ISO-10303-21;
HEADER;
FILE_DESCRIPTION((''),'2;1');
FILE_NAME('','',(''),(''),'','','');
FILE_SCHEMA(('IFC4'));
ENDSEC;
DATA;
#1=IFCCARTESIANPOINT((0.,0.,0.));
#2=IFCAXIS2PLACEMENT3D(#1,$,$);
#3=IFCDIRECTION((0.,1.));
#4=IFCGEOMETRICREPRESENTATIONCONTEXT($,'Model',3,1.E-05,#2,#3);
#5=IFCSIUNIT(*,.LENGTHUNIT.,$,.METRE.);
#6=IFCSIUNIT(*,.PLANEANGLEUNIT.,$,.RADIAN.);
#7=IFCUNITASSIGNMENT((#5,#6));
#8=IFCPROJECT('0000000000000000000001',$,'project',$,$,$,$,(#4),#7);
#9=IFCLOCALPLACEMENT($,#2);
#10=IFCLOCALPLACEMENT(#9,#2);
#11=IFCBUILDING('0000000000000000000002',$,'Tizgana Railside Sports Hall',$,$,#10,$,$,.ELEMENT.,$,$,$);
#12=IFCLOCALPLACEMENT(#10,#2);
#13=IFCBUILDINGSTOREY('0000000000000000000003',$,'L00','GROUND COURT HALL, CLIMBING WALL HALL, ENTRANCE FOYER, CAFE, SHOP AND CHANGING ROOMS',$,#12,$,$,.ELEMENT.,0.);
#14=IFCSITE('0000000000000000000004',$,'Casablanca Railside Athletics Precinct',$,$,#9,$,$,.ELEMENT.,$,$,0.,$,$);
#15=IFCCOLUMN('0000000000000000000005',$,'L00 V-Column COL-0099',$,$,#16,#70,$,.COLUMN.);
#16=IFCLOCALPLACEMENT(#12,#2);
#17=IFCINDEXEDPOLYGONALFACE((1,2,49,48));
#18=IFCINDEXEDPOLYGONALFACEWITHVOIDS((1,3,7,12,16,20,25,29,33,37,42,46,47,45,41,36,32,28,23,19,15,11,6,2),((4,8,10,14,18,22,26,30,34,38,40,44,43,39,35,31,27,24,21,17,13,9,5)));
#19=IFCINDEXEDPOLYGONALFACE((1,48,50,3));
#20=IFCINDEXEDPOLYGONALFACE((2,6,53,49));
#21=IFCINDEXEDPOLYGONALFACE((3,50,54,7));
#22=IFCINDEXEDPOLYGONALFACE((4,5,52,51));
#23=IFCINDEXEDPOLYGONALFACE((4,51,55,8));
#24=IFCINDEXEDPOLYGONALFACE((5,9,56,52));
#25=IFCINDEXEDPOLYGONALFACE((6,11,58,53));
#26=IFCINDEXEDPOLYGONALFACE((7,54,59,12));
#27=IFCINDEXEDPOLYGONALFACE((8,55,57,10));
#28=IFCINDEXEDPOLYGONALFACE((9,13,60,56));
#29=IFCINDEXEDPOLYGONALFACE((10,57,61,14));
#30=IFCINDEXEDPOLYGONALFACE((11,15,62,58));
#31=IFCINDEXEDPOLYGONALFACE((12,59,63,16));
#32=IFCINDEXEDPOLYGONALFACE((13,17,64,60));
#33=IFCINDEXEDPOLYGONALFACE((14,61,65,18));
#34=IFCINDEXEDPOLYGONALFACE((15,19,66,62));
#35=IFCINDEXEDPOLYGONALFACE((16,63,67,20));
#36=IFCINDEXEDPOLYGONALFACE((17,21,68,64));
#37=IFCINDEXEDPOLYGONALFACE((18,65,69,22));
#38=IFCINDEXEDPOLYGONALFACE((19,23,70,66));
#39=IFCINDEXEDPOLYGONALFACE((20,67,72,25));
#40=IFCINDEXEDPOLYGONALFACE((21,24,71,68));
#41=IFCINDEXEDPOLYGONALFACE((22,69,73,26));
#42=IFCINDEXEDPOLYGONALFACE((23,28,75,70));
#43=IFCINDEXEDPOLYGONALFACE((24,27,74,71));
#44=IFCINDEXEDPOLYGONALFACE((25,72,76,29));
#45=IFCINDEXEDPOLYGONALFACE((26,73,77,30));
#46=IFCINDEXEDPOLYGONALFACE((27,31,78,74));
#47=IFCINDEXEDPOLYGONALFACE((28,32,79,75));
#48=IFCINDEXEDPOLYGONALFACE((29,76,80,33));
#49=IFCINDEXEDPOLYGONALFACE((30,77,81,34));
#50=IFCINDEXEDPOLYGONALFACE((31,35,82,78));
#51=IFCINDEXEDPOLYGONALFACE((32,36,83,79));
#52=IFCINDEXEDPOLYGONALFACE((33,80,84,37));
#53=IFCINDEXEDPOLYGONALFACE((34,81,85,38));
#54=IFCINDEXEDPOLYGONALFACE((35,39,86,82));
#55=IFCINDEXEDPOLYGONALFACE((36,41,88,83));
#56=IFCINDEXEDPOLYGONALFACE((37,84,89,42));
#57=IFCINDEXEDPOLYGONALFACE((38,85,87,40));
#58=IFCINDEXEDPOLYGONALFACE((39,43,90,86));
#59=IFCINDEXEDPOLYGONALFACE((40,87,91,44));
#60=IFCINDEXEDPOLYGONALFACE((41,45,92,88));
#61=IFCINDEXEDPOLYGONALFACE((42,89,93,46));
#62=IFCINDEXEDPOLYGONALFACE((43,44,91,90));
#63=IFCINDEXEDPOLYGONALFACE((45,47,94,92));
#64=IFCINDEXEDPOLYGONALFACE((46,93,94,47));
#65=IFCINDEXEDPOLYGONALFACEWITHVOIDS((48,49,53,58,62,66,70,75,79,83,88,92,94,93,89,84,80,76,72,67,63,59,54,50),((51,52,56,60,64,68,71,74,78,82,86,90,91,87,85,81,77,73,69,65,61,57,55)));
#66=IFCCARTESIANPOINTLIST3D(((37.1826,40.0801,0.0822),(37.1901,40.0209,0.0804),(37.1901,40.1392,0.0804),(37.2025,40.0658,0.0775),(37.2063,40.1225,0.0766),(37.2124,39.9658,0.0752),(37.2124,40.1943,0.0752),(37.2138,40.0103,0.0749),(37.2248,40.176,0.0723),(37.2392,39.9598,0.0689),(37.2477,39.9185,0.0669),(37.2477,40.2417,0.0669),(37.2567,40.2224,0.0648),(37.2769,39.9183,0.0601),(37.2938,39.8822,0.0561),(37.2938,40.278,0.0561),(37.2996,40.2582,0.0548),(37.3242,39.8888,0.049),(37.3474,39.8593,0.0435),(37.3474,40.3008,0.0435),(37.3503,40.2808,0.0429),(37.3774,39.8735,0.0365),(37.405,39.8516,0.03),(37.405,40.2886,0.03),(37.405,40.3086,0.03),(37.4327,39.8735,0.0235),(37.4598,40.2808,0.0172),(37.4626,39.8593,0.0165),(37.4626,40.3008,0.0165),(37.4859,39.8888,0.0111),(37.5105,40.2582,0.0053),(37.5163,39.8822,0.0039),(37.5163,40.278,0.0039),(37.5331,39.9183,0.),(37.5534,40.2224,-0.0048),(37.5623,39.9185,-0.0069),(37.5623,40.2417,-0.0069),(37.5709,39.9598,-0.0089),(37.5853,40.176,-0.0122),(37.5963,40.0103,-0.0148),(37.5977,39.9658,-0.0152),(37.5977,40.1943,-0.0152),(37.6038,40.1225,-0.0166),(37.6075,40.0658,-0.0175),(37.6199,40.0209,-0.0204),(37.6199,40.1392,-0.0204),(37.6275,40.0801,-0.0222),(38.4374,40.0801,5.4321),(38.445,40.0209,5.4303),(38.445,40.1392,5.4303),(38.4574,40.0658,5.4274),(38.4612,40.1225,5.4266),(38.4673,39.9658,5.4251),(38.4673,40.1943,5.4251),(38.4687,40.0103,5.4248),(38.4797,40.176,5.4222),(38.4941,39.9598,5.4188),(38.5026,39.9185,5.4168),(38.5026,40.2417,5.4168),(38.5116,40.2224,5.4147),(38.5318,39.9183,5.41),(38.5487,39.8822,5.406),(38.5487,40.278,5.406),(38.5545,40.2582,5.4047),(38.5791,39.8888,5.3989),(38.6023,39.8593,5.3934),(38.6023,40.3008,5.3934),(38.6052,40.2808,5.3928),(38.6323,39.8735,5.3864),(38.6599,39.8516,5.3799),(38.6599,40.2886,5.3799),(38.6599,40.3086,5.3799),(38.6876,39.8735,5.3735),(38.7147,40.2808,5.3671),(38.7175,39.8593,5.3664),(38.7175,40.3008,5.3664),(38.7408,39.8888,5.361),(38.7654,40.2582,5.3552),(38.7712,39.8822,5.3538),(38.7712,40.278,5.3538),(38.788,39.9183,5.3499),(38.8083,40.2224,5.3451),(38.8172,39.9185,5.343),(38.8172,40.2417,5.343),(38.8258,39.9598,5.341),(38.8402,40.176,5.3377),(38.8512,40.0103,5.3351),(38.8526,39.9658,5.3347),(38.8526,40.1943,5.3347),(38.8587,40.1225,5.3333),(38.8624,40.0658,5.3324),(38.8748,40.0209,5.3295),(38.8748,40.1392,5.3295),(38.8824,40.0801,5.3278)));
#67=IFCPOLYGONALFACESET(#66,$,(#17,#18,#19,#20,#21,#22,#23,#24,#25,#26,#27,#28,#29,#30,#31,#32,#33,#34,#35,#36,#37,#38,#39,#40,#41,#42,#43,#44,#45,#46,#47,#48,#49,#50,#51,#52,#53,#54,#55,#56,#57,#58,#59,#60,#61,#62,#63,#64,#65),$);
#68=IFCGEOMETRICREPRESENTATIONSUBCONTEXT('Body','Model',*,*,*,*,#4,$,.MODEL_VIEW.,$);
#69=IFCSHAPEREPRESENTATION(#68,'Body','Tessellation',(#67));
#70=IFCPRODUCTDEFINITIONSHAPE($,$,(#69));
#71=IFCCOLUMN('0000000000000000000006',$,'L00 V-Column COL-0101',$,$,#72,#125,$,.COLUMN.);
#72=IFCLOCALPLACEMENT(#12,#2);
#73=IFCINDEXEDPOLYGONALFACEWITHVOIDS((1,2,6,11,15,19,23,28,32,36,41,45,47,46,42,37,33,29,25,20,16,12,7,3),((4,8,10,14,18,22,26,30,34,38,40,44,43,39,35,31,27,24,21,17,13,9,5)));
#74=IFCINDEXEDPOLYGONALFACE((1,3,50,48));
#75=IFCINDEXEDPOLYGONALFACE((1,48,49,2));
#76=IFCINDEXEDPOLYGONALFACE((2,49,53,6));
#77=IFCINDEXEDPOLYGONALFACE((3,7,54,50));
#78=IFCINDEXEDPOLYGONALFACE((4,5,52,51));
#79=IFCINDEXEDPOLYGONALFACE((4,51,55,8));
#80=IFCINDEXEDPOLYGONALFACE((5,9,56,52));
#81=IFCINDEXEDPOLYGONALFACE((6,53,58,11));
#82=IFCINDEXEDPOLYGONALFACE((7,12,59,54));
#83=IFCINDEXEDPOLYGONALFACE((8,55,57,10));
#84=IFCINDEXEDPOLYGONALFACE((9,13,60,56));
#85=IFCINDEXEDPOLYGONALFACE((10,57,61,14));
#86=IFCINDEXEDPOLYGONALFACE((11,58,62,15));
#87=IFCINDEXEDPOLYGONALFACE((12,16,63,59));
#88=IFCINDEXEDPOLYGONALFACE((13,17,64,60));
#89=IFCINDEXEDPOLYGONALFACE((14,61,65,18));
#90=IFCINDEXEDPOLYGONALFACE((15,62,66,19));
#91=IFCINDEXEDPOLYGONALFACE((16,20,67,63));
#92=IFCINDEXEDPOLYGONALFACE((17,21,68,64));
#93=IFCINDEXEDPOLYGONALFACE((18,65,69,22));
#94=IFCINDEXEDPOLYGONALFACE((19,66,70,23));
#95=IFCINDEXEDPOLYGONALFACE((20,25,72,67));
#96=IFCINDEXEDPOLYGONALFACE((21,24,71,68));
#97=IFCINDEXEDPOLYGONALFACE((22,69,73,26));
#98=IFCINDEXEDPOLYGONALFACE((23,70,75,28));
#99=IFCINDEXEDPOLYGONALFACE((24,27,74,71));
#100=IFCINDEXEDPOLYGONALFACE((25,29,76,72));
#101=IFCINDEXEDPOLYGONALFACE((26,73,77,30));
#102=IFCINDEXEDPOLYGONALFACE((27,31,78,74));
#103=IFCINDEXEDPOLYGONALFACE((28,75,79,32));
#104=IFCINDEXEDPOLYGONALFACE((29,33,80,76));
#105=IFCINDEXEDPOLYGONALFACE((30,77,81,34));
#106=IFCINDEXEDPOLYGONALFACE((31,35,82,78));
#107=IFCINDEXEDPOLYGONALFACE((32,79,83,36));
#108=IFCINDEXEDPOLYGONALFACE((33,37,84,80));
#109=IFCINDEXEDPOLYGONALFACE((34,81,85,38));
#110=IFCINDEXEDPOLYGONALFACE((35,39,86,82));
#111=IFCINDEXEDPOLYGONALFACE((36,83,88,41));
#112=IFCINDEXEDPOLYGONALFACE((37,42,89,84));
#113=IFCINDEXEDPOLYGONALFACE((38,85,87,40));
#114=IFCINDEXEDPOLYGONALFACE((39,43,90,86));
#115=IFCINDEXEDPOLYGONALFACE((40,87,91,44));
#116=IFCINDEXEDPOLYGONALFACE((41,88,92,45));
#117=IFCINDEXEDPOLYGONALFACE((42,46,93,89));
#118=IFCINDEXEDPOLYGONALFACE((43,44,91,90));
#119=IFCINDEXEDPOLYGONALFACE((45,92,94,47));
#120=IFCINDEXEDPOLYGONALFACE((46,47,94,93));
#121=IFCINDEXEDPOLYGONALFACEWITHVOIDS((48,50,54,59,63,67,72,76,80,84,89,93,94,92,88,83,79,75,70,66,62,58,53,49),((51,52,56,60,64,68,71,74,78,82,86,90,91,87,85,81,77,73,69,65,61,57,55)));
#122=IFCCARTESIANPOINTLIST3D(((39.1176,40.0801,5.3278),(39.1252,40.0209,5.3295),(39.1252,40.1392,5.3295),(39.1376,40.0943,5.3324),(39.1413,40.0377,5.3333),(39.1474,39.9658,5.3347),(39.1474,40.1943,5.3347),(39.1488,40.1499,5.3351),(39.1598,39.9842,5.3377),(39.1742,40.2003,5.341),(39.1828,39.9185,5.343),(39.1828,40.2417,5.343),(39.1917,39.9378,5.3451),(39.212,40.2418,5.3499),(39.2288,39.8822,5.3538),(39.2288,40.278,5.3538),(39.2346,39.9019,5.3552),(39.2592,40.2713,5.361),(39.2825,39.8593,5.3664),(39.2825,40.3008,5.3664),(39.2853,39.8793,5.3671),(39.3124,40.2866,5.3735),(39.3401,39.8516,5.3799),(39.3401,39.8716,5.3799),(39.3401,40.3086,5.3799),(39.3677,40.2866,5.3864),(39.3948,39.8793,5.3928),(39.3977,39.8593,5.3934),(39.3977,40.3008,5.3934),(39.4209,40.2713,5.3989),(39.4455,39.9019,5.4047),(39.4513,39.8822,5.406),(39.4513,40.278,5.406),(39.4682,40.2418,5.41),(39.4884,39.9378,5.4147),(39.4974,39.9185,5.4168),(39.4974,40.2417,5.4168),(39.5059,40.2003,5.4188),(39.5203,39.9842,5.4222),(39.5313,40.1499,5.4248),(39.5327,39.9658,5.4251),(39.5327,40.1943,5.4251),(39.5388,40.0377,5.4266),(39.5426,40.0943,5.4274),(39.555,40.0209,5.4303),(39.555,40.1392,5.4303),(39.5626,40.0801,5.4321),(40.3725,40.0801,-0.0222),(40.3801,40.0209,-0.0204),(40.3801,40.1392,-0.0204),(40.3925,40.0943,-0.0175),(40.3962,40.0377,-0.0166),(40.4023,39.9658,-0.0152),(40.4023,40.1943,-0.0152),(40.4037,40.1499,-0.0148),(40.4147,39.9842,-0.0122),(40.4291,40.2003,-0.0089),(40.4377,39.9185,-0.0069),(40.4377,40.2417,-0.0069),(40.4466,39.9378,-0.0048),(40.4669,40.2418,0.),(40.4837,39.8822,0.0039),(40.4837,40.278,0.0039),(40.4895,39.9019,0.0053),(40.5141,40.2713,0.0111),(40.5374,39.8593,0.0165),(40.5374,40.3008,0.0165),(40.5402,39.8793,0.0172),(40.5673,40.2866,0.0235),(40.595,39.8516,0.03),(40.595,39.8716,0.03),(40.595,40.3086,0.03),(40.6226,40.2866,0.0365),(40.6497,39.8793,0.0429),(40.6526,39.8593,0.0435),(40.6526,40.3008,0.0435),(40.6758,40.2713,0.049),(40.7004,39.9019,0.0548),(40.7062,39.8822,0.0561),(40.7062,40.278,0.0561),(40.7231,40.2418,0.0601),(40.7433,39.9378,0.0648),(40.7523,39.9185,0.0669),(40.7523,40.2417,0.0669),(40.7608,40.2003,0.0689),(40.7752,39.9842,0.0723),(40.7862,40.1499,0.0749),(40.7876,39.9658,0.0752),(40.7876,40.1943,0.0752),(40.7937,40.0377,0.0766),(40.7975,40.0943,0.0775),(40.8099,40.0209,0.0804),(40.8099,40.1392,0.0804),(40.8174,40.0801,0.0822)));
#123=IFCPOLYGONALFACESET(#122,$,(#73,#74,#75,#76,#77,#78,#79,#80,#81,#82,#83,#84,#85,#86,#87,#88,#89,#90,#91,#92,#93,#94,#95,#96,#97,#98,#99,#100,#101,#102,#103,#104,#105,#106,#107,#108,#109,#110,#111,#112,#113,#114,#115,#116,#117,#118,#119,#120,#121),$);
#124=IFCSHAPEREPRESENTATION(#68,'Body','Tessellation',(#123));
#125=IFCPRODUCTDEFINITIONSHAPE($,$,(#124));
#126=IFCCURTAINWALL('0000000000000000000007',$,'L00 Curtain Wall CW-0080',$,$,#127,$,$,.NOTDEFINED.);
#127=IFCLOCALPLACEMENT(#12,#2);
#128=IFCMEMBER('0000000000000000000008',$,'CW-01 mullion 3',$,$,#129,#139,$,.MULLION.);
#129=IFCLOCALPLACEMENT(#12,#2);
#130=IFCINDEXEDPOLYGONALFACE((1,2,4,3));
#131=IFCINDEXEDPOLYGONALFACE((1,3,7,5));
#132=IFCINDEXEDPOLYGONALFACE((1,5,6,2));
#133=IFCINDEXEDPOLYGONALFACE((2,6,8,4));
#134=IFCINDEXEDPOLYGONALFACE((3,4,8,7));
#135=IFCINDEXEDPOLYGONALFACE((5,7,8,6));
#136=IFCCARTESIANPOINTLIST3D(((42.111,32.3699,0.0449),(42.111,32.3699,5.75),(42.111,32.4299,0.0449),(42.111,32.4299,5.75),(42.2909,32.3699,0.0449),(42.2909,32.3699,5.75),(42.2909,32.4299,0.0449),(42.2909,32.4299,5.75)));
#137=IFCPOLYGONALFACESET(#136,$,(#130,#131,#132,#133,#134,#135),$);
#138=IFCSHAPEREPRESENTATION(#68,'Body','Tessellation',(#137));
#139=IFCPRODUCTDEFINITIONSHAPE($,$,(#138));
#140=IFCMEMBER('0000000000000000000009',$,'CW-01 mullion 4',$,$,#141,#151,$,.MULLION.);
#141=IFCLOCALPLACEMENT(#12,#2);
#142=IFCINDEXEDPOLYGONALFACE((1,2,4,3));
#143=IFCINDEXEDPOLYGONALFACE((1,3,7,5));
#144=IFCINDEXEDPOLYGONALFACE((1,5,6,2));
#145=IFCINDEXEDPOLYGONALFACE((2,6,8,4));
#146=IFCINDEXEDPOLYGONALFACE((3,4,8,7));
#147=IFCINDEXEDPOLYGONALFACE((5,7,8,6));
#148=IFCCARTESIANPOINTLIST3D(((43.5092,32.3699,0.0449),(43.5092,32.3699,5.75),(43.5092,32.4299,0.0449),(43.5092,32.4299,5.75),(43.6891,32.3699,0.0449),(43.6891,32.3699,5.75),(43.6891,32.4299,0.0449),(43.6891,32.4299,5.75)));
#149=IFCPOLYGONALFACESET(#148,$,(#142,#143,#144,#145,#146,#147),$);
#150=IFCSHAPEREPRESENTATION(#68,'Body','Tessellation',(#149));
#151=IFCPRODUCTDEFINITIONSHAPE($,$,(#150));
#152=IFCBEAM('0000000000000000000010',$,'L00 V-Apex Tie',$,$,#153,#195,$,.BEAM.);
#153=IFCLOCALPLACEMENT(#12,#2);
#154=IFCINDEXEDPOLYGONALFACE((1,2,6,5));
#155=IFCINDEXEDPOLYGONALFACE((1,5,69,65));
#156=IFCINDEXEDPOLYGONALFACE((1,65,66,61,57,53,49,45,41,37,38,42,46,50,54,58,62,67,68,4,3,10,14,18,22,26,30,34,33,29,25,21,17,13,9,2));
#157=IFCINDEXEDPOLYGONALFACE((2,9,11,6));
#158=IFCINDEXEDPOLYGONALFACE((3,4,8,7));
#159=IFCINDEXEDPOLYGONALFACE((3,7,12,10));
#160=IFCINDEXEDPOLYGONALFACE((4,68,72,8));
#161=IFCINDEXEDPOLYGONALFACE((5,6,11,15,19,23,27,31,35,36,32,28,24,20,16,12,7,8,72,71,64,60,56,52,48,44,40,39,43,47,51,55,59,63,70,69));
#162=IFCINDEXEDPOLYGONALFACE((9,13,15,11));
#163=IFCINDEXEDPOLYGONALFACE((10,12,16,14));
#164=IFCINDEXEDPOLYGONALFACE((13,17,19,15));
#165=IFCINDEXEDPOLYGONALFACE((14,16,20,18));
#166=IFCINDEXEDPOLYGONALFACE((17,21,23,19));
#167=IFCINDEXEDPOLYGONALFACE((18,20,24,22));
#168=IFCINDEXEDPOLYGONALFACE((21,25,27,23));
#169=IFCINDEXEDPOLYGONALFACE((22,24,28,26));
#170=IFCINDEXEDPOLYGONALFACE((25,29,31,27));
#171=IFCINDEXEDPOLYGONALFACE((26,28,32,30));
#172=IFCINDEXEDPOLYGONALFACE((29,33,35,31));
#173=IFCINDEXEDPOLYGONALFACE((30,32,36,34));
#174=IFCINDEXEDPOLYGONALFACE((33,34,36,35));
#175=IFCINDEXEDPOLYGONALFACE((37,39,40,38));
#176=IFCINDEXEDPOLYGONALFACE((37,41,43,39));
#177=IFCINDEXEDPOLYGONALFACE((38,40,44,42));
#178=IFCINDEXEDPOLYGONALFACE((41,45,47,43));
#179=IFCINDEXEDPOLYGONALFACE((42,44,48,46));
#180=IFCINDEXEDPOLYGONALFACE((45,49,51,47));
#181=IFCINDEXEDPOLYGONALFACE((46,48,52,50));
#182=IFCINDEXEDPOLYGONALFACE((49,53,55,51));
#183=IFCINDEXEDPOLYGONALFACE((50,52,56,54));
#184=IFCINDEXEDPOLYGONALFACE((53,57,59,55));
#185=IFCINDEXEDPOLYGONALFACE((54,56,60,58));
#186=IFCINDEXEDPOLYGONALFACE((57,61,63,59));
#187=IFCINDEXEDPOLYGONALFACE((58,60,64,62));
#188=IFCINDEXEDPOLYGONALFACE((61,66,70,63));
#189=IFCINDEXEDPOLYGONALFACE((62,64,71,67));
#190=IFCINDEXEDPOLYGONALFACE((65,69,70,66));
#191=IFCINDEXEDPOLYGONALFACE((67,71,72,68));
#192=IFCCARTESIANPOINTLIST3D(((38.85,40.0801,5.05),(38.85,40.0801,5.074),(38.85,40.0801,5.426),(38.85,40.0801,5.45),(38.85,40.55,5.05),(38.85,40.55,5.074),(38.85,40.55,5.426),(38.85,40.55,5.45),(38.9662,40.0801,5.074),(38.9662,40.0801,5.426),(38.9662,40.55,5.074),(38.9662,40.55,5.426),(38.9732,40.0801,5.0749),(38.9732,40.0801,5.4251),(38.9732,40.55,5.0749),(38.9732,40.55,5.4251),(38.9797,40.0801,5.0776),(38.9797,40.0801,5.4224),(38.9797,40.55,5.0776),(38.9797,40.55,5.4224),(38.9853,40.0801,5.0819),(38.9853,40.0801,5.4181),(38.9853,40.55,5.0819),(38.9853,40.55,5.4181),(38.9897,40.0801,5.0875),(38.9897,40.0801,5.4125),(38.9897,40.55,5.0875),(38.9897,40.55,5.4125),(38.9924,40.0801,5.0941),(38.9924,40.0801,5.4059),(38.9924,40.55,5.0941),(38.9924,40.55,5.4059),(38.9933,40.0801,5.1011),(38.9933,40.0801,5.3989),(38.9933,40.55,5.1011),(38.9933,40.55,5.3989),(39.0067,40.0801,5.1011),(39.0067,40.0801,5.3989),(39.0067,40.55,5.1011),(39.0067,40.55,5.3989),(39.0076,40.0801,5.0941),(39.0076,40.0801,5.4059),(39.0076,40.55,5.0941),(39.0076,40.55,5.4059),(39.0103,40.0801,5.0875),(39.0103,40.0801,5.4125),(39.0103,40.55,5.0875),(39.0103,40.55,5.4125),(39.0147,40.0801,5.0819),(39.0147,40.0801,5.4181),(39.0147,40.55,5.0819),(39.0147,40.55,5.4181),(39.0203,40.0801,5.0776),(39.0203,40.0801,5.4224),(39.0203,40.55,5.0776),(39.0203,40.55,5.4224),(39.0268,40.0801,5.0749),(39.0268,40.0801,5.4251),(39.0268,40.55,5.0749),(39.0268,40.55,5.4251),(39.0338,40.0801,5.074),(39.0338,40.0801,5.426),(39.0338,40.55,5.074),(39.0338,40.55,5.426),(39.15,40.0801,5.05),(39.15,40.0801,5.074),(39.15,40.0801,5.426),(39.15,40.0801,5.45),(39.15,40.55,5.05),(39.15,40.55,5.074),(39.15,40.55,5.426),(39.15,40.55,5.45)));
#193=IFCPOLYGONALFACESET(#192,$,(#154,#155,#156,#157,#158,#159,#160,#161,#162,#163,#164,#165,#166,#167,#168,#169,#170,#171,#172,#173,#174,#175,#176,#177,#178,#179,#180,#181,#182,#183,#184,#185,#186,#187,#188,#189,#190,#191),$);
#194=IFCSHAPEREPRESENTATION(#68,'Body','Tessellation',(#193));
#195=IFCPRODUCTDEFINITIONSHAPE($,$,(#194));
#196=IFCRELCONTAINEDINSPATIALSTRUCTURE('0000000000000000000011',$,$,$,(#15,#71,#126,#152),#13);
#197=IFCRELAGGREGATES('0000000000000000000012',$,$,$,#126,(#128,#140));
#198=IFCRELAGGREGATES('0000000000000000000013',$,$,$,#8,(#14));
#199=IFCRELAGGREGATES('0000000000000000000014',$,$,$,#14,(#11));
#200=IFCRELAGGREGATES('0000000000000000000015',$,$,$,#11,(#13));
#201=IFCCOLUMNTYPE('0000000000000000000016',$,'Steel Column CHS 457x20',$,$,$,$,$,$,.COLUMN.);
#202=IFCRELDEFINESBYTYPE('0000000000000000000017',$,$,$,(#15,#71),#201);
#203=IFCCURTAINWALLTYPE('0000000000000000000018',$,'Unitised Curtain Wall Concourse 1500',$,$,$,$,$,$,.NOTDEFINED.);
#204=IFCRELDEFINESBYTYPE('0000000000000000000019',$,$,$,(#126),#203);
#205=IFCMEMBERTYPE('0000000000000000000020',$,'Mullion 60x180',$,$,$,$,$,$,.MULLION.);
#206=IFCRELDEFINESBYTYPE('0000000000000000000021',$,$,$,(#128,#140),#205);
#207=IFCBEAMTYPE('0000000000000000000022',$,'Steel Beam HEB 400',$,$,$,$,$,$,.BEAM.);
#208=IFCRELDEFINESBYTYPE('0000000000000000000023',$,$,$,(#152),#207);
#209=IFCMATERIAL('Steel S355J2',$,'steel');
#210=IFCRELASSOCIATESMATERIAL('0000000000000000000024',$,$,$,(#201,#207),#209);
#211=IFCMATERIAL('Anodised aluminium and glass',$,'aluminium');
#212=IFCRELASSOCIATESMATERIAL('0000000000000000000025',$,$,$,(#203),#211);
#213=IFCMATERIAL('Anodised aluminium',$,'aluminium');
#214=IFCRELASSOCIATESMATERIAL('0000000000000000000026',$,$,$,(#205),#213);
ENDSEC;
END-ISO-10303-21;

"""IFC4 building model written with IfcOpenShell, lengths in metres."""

from ifc_helpers import new_model, si_unit, direction, frame, origin, origin_2d, place, context, subcontext, project, spatial, rectangle, hollow_circle, i_section, extrude, material, material_profile, profile_set, type_object, element, aggregate, save


model = new_model("IFC4")

# Units and contexts
model_context = context("Model", 3, precision=1e-05, world=origin(), true_north=direction((0.0, 1.0)))
body_context = subcontext(model_context, "Body", "Model", "MODEL_VIEW")
ifc_project = project(units=[si_unit("LENGTHUNIT", "METRE"), si_unit("PLANEANGLEUNIT", "RADIAN")], contexts=[model_context])

# Site, building, storey
site_placement = place(None, origin())
site = spatial("IfcSite", under=ifc_project, at=site_placement, Name="Casablanca Railside Athletics Precinct", CompositionType="ELEMENT", RefElevation=0.0)
building_placement = place(site_placement, origin())
building = spatial("IfcBuilding", under=site, at=building_placement, Name="Tizgana Railside Sports Hall", CompositionType="ELEMENT")
storey_placement = place(building_placement, origin())
storey = spatial("IfcBuildingStorey", under=building, at=storey_placement, Name="L00", Description="GROUND COURT HALL, CLIMBING WALL HALL, ENTRANCE FOYER, CAFE, SHOP AND CHANGING ROOMS", CompositionType="ELEMENT", Elevation=0.0)

# Columns
ifc_material_1 = material(Name="Steel S355J2", Category="steel")
ifc_material_profile_1 = material_profile(ifc_material_1, hollow_circle(Radius=0.2285, WallThickness=0.02, at=origin_2d()), Name="CHS 457x20")
ifc_profile_set_1 = profile_set([ifc_material_profile_1], Name="Steel S355J2")
column_type = type_object("IfcColumnType", Name="Steel Column CHS 457x20", PredefinedType="COLUMN", material=ifc_profile_set_1)
for number, where, z_axis, x_axis, name in (
    (1, (37.405, 40.0801, 0.03), (0.228366, 0.0, 0.973575), (0.0, 1.0, 0.0), "L00 V-Column COL-0099"),
    (2, (40.595, 40.0801, 0.03), (-0.228366, 0.0, 0.973575), (0.0, -1.0, 0.0), "L00 V-Column COL-0101"),
):
    element("IfcColumn", number, at=place(storey_placement, frame(where, z_axis=z_axis, x_axis=x_axis)), inside=storey, type_object=column_type, Name=name, PredefinedType="COLUMN", context=body_context, shape_type="SweptSolid", body=[
        extrude(hollow_circle(Radius=0.2285, WallThickness=0.02, at=origin_2d()), origin(), (0.0, 0.0, 1.0), 5.4951),
    ])

# Curtain wall, members
ifc_material_2 = material(Name="Anodised aluminium and glass", Category="aluminium")
curtain_wall_type = type_object("IfcCurtainWallType", Name="Unitised Curtain Wall Concourse 1500", PredefinedType="NOTDEFINED", material=ifc_material_2)
curtain_wall_placement = place(storey_placement, origin())
curtain_wall = element("IfcCurtainWall", 3, at=curtain_wall_placement, inside=storey, type_object=curtain_wall_type, Name="L00 Curtain Wall CW-0080", PredefinedType="NOTDEFINED")
ifc_material_3 = material(Name="Anodised aluminium", Category="aluminium")
ifc_material_profile_2 = material_profile(ifc_material_3, rectangle(XDim=0.0601, YDim=0.1799, at=origin_2d()), Name="Mullion 60x180")
ifc_profile_set_2 = profile_set([ifc_material_profile_2], Name="Anodised aluminium")
member_type_1 = type_object("IfcMemberType", Name="Mullion 60x180", PredefinedType="MULLION", material=ifc_profile_set_2)
member_1_placement = place(storey_placement, frame((42.2009, 32.3999, 0.0449), z_axis=(0.0, 0.0, 1.0), x_axis=(0.0, 1.0, 0.0)))
member_1 = element("IfcMember", 4, at=member_1_placement, type_object=member_type_1, Name="CW-01 mullion 3", PredefinedType="MULLION", context=body_context, shape_type="SweptSolid", body=[
    extrude(rectangle(XDim=0.0601, YDim=0.1799, at=origin_2d()), origin(), (0.0, 0.0, 1.0), 5.7051),
])
member_2_placement = place(storey_placement, frame((43.5991, 32.3999, 0.0449), z_axis=(0.0, 0.0, 1.0), x_axis=(0.0, 1.0, 0.0)))
member_2 = element("IfcMember", 5, at=member_2_placement, type_object=member_type_1, Name="CW-01 mullion 4", PredefinedType="MULLION", context=body_context, shape_type="SweptSolid", body=[
    extrude(rectangle(XDim=0.0601, YDim=0.1799, at=origin_2d()), origin(), (0.0, 0.0, 1.0), 5.7051),
])

# Beam
ifc_material_profile_3 = material_profile(ifc_material_1, i_section(OverallWidth=0.3, OverallDepth=0.3999, WebThickness=0.0134, FlangeThickness=0.0239, FilletRadius=0.0271, at=origin_2d()), Name="HEB 400")
ifc_profile_set_3 = profile_set([ifc_material_profile_3], Name="Steel S355J2")
beam_type = type_object("IfcBeamType", Name="Steel Beam HEB 400", PredefinedType="BEAM", material=ifc_profile_set_3)
beam_placement = place(storey_placement, frame((39.0, 40.0801, 5.25), z_axis=(0.0, 1.0, 0.0), x_axis=(-1.0, 0.0, 0.0)))
element("IfcBeam", 6, at=beam_placement, inside=storey, type_object=beam_type, Name="L00 V-Apex Tie", PredefinedType="BEAM", context=body_context, shape_type="SweptSolid", body=[
    extrude(i_section(OverallWidth=0.3, OverallDepth=0.3999, WebThickness=0.0134, FlangeThickness=0.0239, FilletRadius=0.0271, at=origin_2d()), origin(), (0.0, 0.0, 1.0), 0.47),
])

aggregate(curtain_wall, [member_1, member_2])

save(model, "model.ifc")
